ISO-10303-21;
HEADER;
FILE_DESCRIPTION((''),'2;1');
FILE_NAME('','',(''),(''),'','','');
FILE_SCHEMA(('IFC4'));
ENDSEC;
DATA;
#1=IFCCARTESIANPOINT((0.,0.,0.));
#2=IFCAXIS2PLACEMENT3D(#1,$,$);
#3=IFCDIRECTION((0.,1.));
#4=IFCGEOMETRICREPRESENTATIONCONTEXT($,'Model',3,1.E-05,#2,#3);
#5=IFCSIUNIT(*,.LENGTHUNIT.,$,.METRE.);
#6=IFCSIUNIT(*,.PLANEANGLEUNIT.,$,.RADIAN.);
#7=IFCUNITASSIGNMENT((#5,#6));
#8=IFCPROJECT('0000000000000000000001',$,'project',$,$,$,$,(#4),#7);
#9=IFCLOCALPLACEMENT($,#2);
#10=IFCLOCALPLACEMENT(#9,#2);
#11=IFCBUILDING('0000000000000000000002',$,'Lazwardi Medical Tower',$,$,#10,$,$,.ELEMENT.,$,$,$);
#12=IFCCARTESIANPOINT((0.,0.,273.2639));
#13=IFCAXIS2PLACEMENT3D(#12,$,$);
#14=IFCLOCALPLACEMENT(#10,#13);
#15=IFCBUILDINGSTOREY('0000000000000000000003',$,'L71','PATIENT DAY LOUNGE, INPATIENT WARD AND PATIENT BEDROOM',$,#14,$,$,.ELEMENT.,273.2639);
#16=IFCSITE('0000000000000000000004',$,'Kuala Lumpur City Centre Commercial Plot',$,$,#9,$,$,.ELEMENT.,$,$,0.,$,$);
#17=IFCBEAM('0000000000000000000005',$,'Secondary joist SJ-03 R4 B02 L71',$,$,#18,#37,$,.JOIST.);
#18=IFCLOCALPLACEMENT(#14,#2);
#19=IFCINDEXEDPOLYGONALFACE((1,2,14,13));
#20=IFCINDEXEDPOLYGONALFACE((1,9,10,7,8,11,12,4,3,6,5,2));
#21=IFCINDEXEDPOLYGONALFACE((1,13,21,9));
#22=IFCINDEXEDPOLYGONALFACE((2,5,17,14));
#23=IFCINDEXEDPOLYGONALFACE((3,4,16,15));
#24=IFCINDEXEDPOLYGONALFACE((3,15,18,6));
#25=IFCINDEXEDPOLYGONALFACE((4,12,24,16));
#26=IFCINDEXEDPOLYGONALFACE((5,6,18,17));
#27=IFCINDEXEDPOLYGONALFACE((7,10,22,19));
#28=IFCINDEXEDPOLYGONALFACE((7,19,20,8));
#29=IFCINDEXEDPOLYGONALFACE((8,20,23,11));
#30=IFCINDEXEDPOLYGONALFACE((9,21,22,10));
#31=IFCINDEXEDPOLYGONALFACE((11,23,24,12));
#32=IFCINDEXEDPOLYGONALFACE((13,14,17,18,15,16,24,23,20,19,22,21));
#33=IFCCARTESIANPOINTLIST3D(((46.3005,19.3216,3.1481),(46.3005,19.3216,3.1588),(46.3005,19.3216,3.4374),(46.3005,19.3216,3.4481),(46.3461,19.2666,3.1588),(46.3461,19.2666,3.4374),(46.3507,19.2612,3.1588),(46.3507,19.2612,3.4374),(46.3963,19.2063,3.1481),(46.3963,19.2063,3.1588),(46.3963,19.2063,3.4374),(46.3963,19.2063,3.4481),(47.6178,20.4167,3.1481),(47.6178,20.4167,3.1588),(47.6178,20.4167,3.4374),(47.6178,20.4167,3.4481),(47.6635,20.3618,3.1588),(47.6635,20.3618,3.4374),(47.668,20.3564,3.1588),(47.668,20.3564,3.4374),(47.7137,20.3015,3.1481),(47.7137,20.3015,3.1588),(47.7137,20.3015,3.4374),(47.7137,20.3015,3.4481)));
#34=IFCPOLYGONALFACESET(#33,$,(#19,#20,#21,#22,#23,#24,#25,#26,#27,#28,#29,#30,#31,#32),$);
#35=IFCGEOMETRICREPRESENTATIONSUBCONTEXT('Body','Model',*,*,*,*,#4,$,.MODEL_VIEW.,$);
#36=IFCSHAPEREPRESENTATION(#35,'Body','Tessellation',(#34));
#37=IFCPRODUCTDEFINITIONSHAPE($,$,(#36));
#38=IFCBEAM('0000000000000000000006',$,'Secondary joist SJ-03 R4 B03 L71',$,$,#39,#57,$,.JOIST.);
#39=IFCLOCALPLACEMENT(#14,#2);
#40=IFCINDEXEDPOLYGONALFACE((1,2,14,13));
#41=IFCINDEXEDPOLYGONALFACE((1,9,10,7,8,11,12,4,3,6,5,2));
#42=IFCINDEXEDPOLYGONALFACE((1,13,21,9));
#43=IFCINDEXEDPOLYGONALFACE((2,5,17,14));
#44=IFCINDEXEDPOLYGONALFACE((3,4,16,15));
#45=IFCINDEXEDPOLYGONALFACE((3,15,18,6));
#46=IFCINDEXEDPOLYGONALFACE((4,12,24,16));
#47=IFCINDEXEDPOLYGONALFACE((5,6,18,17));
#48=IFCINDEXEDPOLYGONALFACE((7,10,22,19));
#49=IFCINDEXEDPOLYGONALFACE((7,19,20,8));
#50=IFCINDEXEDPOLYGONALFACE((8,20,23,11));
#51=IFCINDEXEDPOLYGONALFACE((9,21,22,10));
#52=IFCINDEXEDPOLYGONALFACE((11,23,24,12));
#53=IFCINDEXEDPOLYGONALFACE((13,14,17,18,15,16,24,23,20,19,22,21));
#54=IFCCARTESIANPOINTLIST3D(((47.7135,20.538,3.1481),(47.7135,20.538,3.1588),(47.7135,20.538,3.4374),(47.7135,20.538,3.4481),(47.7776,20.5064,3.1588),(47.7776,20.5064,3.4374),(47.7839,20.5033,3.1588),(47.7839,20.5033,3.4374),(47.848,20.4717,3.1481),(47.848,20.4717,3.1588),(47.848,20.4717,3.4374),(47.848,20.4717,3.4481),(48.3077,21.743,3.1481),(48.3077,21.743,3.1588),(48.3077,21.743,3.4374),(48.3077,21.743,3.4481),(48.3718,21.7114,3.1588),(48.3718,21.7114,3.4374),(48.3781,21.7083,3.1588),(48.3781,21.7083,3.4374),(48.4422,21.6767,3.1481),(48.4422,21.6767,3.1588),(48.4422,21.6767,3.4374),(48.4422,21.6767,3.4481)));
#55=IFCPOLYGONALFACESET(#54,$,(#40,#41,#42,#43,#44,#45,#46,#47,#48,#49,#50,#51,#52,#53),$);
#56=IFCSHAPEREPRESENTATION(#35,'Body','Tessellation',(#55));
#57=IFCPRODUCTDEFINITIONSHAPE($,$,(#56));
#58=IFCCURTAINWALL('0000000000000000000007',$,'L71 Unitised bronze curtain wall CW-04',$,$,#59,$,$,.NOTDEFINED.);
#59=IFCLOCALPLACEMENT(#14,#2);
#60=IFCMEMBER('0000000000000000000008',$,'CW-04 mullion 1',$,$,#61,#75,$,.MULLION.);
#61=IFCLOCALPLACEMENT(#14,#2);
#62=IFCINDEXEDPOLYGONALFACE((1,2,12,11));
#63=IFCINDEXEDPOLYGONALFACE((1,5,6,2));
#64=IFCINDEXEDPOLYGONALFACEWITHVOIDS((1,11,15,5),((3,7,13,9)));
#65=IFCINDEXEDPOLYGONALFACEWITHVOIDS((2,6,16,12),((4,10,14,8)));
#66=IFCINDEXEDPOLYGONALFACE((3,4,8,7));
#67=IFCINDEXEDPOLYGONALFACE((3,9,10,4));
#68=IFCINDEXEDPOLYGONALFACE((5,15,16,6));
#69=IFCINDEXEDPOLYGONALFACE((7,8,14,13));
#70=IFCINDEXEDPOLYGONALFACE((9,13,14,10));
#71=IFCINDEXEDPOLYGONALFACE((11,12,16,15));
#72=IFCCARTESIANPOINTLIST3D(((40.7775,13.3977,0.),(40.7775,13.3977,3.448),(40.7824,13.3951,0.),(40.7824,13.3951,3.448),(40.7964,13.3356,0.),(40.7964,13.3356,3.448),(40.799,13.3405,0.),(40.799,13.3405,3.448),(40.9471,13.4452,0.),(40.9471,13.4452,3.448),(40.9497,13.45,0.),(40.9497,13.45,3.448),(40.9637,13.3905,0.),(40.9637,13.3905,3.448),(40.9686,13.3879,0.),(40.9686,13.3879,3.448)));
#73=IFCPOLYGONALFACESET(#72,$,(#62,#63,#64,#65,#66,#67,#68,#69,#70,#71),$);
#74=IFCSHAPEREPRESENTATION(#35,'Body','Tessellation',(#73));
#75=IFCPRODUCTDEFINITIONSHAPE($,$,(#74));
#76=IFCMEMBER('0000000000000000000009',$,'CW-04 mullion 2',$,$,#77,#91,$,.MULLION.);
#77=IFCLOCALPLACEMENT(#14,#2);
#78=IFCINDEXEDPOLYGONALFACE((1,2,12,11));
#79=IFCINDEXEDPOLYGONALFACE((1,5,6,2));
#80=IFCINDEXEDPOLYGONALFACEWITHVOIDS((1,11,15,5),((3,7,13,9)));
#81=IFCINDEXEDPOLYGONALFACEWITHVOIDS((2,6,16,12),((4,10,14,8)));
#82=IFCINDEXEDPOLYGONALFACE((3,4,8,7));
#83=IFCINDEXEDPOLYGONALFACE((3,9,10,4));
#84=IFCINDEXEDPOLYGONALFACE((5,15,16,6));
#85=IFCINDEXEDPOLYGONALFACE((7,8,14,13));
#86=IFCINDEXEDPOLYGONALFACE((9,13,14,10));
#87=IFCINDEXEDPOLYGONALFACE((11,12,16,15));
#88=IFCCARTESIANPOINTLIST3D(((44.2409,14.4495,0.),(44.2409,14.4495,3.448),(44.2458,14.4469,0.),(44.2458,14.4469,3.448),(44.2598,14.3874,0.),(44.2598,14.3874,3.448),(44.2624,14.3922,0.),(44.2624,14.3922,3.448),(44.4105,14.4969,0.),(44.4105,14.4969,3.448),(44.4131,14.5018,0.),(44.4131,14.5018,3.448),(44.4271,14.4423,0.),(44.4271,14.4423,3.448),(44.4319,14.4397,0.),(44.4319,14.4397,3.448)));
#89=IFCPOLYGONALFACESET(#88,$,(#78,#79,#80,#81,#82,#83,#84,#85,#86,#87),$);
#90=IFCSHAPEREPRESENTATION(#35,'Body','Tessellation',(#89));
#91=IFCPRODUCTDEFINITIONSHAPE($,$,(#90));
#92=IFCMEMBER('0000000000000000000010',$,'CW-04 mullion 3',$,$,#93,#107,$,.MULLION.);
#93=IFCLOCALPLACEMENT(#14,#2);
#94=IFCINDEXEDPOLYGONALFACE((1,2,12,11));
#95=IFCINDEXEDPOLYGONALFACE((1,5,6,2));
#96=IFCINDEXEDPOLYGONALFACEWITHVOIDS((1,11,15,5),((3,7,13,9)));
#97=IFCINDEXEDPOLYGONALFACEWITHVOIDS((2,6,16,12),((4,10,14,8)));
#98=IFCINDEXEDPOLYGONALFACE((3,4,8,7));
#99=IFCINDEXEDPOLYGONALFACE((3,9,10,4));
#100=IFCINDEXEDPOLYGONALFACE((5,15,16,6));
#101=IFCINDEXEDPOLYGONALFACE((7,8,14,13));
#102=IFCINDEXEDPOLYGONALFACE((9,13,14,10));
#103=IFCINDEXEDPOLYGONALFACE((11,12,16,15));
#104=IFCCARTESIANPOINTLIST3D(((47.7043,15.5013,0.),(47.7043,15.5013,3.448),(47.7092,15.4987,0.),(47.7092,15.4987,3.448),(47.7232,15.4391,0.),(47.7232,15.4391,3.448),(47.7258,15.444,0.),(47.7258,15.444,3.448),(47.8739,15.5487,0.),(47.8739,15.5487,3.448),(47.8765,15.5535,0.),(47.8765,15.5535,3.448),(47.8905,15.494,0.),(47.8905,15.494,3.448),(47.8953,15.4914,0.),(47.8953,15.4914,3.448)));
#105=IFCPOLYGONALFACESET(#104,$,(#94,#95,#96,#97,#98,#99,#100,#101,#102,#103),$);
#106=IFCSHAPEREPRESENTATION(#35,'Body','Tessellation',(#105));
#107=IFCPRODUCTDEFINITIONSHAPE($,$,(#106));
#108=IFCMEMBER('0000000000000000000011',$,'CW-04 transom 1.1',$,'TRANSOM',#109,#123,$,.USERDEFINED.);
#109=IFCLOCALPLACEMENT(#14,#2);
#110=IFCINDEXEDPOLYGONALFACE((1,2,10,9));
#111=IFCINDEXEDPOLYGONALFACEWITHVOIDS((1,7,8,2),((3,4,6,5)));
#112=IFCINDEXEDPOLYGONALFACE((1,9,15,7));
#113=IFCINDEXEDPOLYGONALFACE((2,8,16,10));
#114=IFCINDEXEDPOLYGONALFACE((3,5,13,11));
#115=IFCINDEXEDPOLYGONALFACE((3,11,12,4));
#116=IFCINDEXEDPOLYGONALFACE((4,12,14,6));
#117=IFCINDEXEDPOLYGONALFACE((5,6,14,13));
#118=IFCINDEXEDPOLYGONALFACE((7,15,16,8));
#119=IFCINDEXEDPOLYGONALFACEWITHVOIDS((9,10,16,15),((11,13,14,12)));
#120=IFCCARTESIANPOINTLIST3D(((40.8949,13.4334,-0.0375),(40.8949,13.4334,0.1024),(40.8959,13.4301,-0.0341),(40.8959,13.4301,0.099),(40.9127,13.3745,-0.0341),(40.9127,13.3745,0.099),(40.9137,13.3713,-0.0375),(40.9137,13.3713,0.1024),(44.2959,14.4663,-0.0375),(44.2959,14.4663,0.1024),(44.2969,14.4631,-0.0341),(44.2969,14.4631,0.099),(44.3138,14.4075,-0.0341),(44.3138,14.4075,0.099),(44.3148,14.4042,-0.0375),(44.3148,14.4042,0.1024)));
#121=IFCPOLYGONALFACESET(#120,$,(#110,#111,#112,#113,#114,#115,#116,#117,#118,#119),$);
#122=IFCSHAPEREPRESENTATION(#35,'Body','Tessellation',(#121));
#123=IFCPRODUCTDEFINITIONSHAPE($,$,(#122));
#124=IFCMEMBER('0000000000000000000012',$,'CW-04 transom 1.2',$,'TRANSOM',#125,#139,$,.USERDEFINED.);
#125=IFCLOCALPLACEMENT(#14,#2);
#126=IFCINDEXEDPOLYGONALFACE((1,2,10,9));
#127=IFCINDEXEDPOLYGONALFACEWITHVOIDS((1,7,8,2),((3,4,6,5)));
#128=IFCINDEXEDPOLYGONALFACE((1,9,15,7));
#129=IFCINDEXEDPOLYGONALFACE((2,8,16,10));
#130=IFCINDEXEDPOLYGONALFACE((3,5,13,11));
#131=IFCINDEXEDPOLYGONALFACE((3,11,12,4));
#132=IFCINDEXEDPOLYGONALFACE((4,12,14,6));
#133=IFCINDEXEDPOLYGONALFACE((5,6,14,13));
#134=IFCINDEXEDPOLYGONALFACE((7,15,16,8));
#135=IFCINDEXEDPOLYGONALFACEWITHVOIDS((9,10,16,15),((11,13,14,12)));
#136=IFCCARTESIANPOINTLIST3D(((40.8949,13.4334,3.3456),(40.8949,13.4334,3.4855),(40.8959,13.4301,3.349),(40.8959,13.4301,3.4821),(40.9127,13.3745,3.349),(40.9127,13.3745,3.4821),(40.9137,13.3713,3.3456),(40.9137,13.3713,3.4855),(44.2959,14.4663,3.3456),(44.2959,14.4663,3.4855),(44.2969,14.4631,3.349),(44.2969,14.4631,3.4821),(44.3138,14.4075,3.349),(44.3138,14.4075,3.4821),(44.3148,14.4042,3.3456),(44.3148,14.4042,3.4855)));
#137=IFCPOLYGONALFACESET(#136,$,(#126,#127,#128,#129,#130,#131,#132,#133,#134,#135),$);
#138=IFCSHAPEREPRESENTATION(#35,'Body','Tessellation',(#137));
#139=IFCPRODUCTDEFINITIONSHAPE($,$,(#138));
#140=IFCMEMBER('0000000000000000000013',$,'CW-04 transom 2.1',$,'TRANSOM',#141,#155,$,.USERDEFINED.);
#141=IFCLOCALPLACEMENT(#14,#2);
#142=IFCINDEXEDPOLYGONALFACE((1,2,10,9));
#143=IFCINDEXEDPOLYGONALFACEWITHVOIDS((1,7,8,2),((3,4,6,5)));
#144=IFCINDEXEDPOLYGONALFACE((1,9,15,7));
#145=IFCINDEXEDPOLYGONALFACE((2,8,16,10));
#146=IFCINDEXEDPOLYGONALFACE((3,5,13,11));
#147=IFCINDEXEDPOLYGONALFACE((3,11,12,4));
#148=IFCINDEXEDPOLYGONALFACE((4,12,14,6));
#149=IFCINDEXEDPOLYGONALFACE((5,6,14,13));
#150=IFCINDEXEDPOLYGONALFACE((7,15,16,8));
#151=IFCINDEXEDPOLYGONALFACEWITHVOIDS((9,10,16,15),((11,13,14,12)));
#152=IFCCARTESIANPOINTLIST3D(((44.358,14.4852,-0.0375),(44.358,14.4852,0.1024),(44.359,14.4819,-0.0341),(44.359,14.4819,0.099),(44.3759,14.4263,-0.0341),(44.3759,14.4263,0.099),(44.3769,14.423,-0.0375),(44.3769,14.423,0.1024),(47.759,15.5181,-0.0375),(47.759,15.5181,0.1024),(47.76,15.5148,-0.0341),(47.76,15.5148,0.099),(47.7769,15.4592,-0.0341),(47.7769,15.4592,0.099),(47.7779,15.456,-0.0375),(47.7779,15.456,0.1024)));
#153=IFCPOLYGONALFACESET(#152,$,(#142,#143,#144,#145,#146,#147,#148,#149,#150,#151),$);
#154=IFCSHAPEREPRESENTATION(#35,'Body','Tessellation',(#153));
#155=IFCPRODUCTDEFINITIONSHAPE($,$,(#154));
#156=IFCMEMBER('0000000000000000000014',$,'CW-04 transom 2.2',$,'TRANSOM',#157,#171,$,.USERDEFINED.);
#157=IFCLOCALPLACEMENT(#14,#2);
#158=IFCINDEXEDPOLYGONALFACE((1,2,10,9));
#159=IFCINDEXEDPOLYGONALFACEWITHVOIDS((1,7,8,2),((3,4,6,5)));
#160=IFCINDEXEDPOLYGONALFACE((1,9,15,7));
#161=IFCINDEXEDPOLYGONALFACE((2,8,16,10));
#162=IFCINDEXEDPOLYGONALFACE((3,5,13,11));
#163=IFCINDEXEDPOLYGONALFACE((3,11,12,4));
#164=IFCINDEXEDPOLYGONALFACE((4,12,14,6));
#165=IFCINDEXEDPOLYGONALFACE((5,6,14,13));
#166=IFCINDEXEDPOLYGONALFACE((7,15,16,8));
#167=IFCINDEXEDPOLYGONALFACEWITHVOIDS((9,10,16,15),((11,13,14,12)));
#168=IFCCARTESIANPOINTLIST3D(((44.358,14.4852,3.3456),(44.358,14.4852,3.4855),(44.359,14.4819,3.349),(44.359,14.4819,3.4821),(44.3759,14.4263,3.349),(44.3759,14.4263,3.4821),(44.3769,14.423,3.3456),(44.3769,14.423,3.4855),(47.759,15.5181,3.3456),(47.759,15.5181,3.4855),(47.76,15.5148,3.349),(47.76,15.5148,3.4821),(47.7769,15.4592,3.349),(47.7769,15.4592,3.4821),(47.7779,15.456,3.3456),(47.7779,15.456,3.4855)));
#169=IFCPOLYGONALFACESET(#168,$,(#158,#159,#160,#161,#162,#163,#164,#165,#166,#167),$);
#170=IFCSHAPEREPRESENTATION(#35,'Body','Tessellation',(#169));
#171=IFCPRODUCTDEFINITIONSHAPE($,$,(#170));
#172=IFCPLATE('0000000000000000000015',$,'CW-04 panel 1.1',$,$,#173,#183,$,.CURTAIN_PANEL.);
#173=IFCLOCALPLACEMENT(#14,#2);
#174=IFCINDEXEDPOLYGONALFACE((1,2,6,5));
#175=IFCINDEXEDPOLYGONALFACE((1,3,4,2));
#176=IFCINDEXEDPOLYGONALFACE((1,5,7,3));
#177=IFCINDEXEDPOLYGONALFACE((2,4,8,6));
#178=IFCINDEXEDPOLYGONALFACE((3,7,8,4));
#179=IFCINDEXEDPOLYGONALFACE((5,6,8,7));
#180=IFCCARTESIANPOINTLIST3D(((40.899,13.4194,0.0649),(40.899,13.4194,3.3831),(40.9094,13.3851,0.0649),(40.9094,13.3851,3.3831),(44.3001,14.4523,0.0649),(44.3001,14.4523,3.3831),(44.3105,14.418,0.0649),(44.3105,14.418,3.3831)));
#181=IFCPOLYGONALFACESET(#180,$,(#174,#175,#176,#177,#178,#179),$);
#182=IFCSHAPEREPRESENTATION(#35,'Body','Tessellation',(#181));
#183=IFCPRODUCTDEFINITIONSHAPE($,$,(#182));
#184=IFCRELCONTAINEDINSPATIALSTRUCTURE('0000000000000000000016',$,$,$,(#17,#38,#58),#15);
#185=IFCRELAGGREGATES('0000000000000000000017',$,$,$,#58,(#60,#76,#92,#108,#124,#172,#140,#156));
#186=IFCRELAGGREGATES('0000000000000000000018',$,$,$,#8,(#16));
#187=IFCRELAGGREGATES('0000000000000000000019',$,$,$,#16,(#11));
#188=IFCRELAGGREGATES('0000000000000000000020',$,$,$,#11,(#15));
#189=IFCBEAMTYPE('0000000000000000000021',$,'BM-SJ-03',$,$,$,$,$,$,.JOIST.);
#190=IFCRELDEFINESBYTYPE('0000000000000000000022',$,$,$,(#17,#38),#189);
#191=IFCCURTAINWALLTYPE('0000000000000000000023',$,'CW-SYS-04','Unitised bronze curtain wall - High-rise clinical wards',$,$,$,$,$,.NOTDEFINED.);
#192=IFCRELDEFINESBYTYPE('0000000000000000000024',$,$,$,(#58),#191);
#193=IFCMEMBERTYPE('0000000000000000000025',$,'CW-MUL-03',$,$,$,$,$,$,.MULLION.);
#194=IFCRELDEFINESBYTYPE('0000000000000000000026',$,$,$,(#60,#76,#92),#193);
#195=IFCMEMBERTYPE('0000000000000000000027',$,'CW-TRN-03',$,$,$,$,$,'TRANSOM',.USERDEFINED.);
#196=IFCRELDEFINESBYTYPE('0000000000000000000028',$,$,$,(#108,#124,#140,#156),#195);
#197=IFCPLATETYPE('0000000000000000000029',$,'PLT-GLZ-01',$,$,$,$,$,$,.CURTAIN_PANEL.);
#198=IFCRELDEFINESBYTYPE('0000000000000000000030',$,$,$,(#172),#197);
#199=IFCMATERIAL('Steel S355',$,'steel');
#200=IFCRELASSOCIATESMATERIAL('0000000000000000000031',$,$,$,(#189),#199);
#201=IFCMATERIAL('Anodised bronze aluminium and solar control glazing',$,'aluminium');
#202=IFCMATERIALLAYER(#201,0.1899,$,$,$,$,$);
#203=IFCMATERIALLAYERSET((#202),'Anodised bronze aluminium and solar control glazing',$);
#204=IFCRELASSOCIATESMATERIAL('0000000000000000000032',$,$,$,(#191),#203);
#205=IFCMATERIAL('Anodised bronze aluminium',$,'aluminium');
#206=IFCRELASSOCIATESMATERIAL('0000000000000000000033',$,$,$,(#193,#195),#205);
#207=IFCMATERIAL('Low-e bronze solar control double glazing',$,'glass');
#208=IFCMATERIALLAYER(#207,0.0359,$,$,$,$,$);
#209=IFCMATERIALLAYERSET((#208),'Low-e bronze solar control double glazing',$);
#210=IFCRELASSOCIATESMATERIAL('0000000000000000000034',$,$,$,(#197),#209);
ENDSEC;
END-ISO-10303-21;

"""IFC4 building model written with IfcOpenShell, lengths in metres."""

from ifc_helpers import new_model, si_unit, direction, frame, origin, origin_2d, place, context, subcontext, project, spatial, rectangle, hollow_rectangle, i_section, extrude, material, layer, layer_set, material_profile, profile_set, type_object, element, aggregate, save


model = new_model("IFC4")

# Units and contexts
model_context = context("Model", 3, precision=1e-05, world=origin(), true_north=direction((0.0, 1.0)))
body_context = subcontext(model_context, "Body", "Model", "MODEL_VIEW")
ifc_project = project(units=[si_unit("LENGTHUNIT", "METRE"), si_unit("PLANEANGLEUNIT", "RADIAN")], contexts=[model_context])

# Site, building, storey
site_placement = place(None, origin())
site = spatial("IfcSite", under=ifc_project, at=site_placement, Name="Kuala Lumpur City Centre Commercial Plot", CompositionType="ELEMENT", RefElevation=0.0)
building_placement = place(site_placement, origin())
building = spatial("IfcBuilding", under=site, at=building_placement, Name="Lazwardi Medical Tower", CompositionType="ELEMENT")
storey_placement = place(building_placement, frame((0.0, 0.0, 273.2639)))
storey = spatial("IfcBuildingStorey", under=building, at=storey_placement, Name="L71", Description="PATIENT DAY LOUNGE, INPATIENT WARD AND PATIENT BEDROOM", CompositionType="ELEMENT", Elevation=273.2639)

# Beams
ifc_material_1 = material(Name="Steel S355", Category="steel")
ifc_material_profile_1 = material_profile(ifc_material_1, i_section(OverallWidth=0.1499, OverallDepth=0.3, WebThickness=0.0071, FlangeThickness=0.0107, at=origin_2d()), Name="IPE 300")
ifc_profile_set_1 = profile_set([ifc_material_profile_1], Name="Steel S355")
beam_type_1 = type_object("IfcBeamType", Name="BM-SJ-03", PredefinedType="JOIST", material=ifc_profile_set_1)
beam_1_placement = place(storey_placement, frame((46.3484, 19.2639, 3.2981), z_axis=(0.768968, 0.639287, 0.0), x_axis=(-0.639287, 0.768968, 0.0)))
element("IfcBeam", 1, at=beam_1_placement, inside=storey, type_object=beam_type_1, Name="Secondary joist SJ-03 R4 B02 L71", PredefinedType="JOIST", context=body_context, shape_type="SweptSolid", body=[
    extrude(i_section(OverallWidth=0.1499, OverallDepth=0.3, WebThickness=0.0071, FlangeThickness=0.0107, at=origin_2d()), origin(), (0.0, 0.0, 1.0), 1.7131),
])
beam_2_placement = place(storey_placement, frame((47.7808, 20.5049, 3.2981), z_axis=(0.442264, 0.896885, 0.0), x_axis=(-0.896885, 0.442264, 0.0)))
element("IfcBeam", 2, at=beam_2_placement, inside=storey, type_object=beam_type_1, Name="Secondary joist SJ-03 R4 B03 L71", PredefinedType="JOIST", context=body_context, shape_type="SweptSolid", body=[
    extrude(i_section(OverallWidth=0.1499, OverallDepth=0.3, WebThickness=0.0071, FlangeThickness=0.0107, at=origin_2d()), origin(), (0.0, 0.0, 1.0), 1.3435),
])

# Curtain wall, members, plate
ifc_material_2 = material(Name="Anodised bronze aluminium and solar control glazing", Category="aluminium")
ifc_layer_1 = layer(ifc_material_2, 0.1899)
ifc_layer_set_1 = layer_set([ifc_layer_1], Name="Anodised bronze aluminium and solar control glazing")
curtain_wall_type = type_object("IfcCurtainWallType", Name="CW-SYS-04", Description="Unitised bronze curtain wall - High-rise clinical wards", PredefinedType="NOTDEFINED", material=ifc_layer_set_1)
curtain_wall_placement = place(storey_placement, origin())
curtain_wall = element("IfcCurtainWall", 3, at=curtain_wall_placement, inside=storey, type_object=curtain_wall_type, Name="L71 Unitised bronze curtain wall CW-04", PredefinedType="NOTDEFINED")
ifc_material_3 = material(Name="Anodised bronze aluminium", Category="aluminium")
ifc_material_profile_2 = material_profile(ifc_material_3, hollow_rectangle(XDim=0.0649, YDim=0.1799, WallThickness=0.0039, at=origin_2d()), Name="ALU-MULLION 180x65x4")
ifc_profile_set_2 = profile_set([ifc_material_profile_2], Name="Anodised bronze aluminium")
member_type_1 = type_object("IfcMemberType", Name="CW-MUL-03", PredefinedType="MULLION", material=ifc_profile_set_2)
member_1_placement = place(storey_placement, frame((40.873, 13.3928, 0.0), z_axis=(0.0, 0.0, 1.0), x_axis=(-0.290582, 0.95685, 0.0)))
member_1 = element("IfcMember", 4, at=member_1_placement, type_object=member_type_1, Name="CW-04 mullion 1", PredefinedType="MULLION", context=body_context, shape_type="SweptSolid", body=[
    extrude(hollow_rectangle(XDim=0.0649, YDim=0.1799, WallThickness=0.0039, at=origin_2d()), origin(), (0.0, 0.0, 1.0), 3.448),
])
member_2_placement = place(storey_placement, frame((44.3364, 14.4446, 0.0), z_axis=(0.0, 0.0, 1.0), x_axis=(-0.290582, 0.95685, 0.0)))
member_2 = element("IfcMember", 5, at=member_2_placement, type_object=member_type_1, Name="CW-04 mullion 2", PredefinedType="MULLION", context=body_context, shape_type="SweptSolid", body=[
    extrude(hollow_rectangle(XDim=0.0649, YDim=0.1799, WallThickness=0.0039, at=origin_2d()), origin(), (0.0, 0.0, 1.0), 3.448),
])
member_3_placement = place(storey_placement, frame((47.7998, 15.4963, 0.0), z_axis=(0.0, 0.0, 1.0), x_axis=(-0.290582, 0.95685, 0.0)))
member_3 = element("IfcMember", 6, at=member_3_placement, type_object=member_type_1, Name="CW-04 mullion 3", PredefinedType="MULLION", context=body_context, shape_type="SweptSolid", body=[
    extrude(hollow_rectangle(XDim=0.0649, YDim=0.1799, WallThickness=0.0039, at=origin_2d()), origin(), (0.0, 0.0, 1.0), 3.448),
])
ifc_material_profile_3 = material_profile(ifc_material_3, hollow_rectangle(XDim=0.0649, YDim=0.1399, WallThickness=0.0034, at=origin_2d()), Name="ALU-TRANSOM 140x65x3.5")
ifc_profile_set_3 = profile_set([ifc_material_profile_3], Name="Anodised bronze aluminium")
member_type_2 = type_object("IfcMemberType", Name="CW-TRN-03", ElementType="TRANSOM", PredefinedType="USERDEFINED", material=ifc_profile_set_3)
member_4_placement = place(storey_placement, frame((40.9043, 13.4023, 0.0325), z_axis=(0.956843, 0.290604, 0.0), x_axis=(-0.290604, 0.956843, 0.0)))
member_4 = element("IfcMember", 7, at=member_4_placement, type_object=member_type_2, Name="CW-04 transom 1.1", ObjectType="TRANSOM", PredefinedType="USERDEFINED", context=body_context, shape_type="SweptSolid", body=[
    extrude(hollow_rectangle(XDim=0.0649, YDim=0.1399, WallThickness=0.0034, at=origin_2d()), origin(), (0.0, 0.0, 1.0), 3.5544),
])
member_5_placement = place(storey_placement, frame((40.9043, 13.4023, 3.4155), z_axis=(0.956843, 0.290604, 0.0), x_axis=(-0.290604, 0.956843, 0.0)))
member_5 = element("IfcMember", 8, at=member_5_placement, type_object=member_type_2, Name="CW-04 transom 1.2", ObjectType="TRANSOM", PredefinedType="USERDEFINED", context=body_context, shape_type="SweptSolid", body=[
    extrude(hollow_rectangle(XDim=0.0649, YDim=0.1399, WallThickness=0.0034, at=origin_2d()), origin(), (0.0, 0.0, 1.0), 3.5544),
])
member_6_placement = place(storey_placement, frame((44.3674, 14.4541, 0.0325), z_axis=(0.956843, 0.290604, 0.0), x_axis=(-0.290604, 0.956843, 0.0)))
member_6 = element("IfcMember", 9, at=member_6_placement, type_object=member_type_2, Name="CW-04 transom 2.1", ObjectType="TRANSOM", PredefinedType="USERDEFINED", context=body_context, shape_type="SweptSolid", body=[
    extrude(hollow_rectangle(XDim=0.0649, YDim=0.1399, WallThickness=0.0034, at=origin_2d()), origin(), (0.0, 0.0, 1.0), 3.5544),
])
member_7_placement = place(storey_placement, frame((44.3674, 14.4541, 3.4155), z_axis=(0.956843, 0.290604, 0.0), x_axis=(-0.290604, 0.956843, 0.0)))
member_7 = element("IfcMember", 10, at=member_7_placement, type_object=member_type_2, Name="CW-04 transom 2.2", ObjectType="TRANSOM", PredefinedType="USERDEFINED", context=body_context, shape_type="SweptSolid", body=[
    extrude(hollow_rectangle(XDim=0.0649, YDim=0.1399, WallThickness=0.0034, at=origin_2d()), origin(), (0.0, 0.0, 1.0), 3.5544),
])
ifc_material_4 = material(Name="Low-e bronze solar control double glazing", Category="glass")
ifc_layer_2 = layer(ifc_material_4, 0.0359)
ifc_layer_set_2 = layer_set([ifc_layer_2], Name="Low-e bronze solar control double glazing")
plate_type = type_object("IfcPlateType", Name="PLT-GLZ-01", PredefinedType="CURTAIN_PANEL", material=ifc_layer_set_2)
plate_1_placement = place(storey_placement, frame((42.6047, 13.9187, 0.0649), z_axis=(0.0, 0.0, 1.0), x_axis=(0.95685, 0.290582, 0.0)))
plate_1 = element("IfcPlate", 11, at=plate_1_placement, type_object=plate_type, Name="CW-04 panel 1.1", PredefinedType="CURTAIN_PANEL", context=body_context, shape_type="SweptSolid", body=[
    extrude(rectangle(XDim=3.5544, YDim=0.0359, at=origin_2d()), origin(), (0.0, 0.0, 1.0), 3.3181),
])
aggregate(curtain_wall, [member_1, member_2, member_3, member_4, member_5, plate_1, member_6, member_7])

save(model, "model.ifc")
